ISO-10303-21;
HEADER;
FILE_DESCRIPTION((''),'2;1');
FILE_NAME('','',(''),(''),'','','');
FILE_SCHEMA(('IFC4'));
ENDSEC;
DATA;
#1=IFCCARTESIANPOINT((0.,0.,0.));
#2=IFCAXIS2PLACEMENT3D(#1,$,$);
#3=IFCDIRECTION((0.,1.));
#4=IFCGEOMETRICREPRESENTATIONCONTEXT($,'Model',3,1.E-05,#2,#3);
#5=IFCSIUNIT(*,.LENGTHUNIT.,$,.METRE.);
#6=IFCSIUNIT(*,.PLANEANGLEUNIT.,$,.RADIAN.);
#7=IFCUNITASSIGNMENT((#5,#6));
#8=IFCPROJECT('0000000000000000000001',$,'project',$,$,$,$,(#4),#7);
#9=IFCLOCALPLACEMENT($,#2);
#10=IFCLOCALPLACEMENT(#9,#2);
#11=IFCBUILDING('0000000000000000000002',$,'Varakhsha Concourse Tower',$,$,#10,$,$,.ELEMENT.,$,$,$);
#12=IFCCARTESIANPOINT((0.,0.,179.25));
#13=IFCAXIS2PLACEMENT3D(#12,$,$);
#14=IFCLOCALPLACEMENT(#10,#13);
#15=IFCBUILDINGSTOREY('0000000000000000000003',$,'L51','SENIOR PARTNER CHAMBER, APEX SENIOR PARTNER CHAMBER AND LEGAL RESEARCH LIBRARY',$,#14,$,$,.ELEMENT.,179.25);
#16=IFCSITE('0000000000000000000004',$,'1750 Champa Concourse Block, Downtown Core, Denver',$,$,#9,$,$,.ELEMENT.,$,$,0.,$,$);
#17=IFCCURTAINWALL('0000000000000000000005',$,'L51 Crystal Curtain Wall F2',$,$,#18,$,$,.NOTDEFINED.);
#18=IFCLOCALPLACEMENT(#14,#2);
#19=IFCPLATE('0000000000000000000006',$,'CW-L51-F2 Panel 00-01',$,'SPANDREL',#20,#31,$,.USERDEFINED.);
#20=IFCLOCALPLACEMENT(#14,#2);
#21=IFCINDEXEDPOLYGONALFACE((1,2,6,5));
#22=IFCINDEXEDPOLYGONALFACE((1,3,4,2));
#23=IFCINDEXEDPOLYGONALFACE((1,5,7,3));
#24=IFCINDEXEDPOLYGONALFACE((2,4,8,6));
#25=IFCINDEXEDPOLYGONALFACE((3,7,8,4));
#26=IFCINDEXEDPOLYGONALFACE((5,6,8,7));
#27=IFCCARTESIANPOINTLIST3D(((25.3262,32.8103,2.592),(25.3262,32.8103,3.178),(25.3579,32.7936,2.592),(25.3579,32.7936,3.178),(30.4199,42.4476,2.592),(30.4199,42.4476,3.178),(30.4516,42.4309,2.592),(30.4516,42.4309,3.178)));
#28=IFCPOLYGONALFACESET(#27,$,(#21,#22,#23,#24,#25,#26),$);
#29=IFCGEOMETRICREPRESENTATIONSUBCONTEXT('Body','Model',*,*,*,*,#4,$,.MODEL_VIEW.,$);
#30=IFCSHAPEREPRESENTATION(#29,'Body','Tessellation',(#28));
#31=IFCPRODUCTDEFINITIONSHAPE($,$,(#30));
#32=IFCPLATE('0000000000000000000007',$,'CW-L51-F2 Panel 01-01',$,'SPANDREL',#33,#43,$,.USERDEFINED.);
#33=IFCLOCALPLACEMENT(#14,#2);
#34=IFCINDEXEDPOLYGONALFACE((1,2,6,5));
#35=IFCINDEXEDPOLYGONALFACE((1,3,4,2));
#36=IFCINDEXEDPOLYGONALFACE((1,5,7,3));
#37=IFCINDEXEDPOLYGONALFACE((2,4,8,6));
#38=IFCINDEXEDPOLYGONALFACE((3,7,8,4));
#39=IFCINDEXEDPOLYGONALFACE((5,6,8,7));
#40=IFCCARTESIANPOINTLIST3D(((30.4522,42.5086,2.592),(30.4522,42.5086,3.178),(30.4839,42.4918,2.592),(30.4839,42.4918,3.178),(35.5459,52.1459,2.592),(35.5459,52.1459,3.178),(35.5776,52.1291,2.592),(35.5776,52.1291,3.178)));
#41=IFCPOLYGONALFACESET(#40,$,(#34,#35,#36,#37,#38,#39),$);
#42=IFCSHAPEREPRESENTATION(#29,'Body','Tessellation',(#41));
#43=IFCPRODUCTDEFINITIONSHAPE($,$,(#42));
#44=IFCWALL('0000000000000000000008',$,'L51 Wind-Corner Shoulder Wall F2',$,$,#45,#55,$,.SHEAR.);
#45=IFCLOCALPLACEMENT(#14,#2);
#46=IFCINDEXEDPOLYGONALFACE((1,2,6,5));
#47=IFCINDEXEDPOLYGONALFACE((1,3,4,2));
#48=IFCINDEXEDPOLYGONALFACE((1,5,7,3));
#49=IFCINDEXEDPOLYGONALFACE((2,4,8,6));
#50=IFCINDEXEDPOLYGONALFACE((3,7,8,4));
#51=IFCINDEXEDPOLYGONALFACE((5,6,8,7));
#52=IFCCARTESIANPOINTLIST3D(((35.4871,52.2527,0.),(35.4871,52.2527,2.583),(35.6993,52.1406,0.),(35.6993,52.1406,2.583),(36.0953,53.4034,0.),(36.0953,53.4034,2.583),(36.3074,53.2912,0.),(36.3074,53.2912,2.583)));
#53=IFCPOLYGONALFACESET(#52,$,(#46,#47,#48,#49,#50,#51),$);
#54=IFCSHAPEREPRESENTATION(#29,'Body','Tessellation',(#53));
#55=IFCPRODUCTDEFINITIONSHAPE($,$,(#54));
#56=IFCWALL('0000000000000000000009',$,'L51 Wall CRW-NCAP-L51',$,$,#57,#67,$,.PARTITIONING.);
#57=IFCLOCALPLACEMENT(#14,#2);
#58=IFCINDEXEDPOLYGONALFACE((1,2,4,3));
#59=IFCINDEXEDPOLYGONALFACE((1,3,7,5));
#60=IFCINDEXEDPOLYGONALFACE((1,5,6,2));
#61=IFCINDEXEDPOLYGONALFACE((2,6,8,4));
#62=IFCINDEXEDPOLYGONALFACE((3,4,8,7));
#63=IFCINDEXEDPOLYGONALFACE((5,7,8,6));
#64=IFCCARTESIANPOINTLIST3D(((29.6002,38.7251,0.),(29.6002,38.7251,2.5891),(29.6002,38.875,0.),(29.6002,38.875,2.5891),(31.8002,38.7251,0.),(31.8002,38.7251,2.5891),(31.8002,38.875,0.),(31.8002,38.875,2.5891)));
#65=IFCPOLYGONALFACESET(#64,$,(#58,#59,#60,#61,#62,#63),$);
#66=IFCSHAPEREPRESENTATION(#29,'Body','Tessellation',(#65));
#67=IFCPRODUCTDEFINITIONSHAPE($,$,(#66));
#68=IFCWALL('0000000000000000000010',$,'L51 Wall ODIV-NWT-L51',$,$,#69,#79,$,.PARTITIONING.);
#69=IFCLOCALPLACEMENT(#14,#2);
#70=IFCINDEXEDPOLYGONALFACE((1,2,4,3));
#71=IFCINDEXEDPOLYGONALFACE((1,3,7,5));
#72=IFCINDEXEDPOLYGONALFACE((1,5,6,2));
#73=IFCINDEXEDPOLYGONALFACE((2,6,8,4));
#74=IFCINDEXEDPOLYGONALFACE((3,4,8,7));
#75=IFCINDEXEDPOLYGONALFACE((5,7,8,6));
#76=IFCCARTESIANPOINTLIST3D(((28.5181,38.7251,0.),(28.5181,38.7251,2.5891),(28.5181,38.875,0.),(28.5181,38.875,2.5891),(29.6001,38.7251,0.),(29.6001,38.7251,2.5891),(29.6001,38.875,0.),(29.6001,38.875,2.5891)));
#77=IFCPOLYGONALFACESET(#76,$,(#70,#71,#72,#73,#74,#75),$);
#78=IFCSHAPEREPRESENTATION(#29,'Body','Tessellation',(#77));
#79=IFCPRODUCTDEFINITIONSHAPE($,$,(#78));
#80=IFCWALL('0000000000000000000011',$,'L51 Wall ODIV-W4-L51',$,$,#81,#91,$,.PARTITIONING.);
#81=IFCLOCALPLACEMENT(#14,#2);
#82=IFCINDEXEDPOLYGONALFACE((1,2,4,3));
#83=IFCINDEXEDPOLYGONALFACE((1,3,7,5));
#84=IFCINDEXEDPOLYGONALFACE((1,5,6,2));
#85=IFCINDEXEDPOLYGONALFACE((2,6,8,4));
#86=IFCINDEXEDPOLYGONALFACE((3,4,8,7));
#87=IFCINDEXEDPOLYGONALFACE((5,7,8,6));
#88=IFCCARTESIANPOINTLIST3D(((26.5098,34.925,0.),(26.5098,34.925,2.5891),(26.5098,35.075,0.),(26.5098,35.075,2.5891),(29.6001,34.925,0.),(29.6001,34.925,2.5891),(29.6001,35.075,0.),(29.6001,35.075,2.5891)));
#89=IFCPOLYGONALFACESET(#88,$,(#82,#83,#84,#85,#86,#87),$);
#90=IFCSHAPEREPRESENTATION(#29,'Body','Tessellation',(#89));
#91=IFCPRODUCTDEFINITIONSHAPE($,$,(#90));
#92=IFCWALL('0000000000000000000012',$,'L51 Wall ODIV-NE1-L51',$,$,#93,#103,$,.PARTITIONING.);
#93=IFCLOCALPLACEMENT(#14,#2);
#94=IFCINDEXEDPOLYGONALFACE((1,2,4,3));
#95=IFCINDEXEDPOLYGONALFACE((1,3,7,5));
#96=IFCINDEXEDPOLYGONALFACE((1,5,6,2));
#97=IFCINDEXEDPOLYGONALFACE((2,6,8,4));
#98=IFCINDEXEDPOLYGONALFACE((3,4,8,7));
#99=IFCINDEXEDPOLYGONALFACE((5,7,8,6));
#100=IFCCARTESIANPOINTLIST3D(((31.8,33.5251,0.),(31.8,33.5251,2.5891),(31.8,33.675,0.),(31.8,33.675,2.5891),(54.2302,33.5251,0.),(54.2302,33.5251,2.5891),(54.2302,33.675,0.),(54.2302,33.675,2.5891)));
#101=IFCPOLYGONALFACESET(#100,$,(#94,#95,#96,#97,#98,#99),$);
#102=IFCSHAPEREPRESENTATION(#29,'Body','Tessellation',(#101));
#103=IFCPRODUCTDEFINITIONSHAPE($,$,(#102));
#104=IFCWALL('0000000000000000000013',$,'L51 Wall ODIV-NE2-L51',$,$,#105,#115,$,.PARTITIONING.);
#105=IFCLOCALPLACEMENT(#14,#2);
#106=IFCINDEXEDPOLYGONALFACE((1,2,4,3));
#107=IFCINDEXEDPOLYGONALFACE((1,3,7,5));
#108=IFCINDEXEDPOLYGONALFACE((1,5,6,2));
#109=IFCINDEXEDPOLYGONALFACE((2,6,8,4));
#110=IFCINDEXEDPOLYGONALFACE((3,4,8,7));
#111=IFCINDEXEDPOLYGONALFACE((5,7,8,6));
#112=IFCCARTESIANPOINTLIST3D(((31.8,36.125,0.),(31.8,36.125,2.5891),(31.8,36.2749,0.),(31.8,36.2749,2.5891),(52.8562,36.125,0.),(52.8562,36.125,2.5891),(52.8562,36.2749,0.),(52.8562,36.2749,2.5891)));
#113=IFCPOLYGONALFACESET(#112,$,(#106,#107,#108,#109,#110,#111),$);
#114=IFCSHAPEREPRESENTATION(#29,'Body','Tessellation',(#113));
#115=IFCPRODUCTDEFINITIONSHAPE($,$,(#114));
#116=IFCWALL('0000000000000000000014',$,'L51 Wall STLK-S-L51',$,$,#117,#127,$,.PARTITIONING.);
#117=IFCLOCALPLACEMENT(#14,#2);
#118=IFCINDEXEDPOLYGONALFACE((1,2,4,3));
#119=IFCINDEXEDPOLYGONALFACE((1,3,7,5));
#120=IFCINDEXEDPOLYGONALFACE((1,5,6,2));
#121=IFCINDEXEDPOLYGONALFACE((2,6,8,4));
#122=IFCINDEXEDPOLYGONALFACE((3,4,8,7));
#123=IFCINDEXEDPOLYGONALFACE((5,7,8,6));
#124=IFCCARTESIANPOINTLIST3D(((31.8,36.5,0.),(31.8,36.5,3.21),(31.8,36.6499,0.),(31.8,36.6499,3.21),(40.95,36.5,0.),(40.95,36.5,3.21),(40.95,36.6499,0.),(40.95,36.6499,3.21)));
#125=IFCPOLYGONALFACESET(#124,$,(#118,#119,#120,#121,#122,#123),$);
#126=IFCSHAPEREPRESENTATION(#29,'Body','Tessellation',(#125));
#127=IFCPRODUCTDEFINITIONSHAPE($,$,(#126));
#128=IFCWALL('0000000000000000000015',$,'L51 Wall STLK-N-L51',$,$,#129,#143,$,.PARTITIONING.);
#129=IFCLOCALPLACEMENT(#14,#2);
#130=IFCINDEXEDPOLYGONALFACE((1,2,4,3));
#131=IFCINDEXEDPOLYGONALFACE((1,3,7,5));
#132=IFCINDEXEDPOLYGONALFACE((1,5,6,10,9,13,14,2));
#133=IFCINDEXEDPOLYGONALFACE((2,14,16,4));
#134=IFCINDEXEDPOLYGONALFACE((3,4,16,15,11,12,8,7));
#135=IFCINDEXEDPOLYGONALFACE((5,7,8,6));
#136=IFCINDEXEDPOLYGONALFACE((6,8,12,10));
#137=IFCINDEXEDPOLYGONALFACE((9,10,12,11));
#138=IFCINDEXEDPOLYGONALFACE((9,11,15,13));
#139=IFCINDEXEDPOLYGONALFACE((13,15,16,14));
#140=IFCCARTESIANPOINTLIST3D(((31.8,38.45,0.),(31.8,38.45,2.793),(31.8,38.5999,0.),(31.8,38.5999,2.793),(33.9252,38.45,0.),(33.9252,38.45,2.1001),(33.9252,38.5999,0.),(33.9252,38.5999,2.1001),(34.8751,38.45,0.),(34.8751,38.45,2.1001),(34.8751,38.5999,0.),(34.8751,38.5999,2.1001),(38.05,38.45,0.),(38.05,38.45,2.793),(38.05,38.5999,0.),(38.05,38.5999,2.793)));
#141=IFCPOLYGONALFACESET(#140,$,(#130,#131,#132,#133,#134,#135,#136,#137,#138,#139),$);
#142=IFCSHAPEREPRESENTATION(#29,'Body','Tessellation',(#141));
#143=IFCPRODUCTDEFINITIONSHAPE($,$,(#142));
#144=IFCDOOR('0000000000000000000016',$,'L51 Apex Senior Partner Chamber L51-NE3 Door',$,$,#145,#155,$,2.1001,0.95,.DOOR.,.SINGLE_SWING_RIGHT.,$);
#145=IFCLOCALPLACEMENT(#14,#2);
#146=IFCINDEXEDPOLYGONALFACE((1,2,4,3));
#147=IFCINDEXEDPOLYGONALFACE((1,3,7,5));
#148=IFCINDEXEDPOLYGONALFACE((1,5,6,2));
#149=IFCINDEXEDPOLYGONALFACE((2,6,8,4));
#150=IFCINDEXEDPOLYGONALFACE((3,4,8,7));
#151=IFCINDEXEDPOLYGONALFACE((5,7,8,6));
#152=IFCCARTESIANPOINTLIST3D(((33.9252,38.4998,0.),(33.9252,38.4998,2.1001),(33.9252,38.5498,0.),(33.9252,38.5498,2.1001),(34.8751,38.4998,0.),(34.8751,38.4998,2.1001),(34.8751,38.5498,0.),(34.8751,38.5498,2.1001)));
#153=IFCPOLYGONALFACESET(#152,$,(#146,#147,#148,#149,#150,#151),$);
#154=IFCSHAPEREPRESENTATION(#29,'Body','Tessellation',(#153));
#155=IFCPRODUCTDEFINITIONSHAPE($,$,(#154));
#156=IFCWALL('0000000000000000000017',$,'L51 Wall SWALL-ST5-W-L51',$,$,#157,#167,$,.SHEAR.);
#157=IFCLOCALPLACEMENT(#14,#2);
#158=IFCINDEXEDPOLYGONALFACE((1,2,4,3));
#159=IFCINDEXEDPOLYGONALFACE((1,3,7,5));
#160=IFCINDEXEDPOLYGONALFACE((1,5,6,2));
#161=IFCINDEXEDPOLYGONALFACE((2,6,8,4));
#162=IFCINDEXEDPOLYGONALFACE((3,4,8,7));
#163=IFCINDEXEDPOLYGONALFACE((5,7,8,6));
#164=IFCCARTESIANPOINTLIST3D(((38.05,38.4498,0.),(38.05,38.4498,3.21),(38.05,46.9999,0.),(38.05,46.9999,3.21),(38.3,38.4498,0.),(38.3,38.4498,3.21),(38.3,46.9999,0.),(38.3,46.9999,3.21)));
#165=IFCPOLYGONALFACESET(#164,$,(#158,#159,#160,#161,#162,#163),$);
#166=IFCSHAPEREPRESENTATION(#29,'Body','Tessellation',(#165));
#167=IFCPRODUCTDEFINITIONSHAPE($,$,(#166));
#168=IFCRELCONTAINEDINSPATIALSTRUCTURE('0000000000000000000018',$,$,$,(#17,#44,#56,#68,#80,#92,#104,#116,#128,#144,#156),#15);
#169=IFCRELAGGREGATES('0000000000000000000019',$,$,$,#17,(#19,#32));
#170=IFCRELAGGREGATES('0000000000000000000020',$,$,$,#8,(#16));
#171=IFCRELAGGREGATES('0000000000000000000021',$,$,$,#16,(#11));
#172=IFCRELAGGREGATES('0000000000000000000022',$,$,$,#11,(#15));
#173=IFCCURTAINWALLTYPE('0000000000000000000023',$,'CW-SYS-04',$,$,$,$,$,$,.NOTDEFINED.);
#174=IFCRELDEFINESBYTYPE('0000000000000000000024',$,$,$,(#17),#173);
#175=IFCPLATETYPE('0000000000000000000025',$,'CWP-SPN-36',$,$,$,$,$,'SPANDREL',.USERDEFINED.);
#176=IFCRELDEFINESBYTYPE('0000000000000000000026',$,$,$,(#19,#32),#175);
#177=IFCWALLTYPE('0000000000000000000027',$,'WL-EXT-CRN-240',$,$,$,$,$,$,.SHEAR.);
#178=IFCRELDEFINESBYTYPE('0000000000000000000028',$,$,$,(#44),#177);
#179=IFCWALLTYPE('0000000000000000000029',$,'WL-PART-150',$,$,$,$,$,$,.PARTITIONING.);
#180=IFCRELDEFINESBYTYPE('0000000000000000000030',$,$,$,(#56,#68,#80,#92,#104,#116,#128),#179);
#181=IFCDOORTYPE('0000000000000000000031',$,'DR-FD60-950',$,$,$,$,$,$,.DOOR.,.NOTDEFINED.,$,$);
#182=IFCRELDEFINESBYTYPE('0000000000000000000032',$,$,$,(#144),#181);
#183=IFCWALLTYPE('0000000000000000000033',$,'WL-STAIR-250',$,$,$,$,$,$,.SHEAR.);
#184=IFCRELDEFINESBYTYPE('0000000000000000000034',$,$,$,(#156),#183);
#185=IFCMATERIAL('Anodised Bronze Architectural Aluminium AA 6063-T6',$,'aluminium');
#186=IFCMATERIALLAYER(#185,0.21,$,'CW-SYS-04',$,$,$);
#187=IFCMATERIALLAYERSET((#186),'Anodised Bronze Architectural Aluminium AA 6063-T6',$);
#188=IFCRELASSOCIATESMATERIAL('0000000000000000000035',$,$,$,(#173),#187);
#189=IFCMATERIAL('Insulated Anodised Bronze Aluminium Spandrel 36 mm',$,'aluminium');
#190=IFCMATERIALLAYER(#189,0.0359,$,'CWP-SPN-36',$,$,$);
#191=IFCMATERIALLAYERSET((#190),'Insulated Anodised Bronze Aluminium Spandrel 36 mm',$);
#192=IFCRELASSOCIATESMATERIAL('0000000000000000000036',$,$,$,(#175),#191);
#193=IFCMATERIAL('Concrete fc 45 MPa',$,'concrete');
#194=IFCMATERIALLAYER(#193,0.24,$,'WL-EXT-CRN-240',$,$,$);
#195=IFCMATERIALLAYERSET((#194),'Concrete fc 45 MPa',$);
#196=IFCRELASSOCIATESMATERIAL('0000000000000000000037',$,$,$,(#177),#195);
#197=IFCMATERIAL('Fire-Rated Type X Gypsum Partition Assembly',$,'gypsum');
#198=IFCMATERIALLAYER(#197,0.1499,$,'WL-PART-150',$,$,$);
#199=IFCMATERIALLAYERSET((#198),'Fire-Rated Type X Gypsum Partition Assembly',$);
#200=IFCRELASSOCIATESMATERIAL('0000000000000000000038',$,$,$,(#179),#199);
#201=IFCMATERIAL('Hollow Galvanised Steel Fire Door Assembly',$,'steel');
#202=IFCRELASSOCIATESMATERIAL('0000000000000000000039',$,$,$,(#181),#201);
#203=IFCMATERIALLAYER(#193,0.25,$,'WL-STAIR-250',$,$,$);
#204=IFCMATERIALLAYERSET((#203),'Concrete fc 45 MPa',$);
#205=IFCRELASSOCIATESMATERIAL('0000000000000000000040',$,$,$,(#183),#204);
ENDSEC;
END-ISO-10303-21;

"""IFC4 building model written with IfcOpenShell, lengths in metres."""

from ifc_helpers import new_model, si_unit, direction, frame, frame_2d, origin, origin_2d, place, context, subcontext, project, spatial, rectangle, extrude, source, transform, mapped, material, layer, layer_set, type_object, type_shapes, element, fill, aggregate, save


model = new_model("IFC4")

# Units and contexts
model_context = context("Model", 3, precision=1e-05, world=origin(), true_north=direction((0.0, 1.0)))
body_context = subcontext(model_context, "Body", "Model", "MODEL_VIEW")
ifc_project = project(units=[si_unit("LENGTHUNIT", "METRE"), si_unit("PLANEANGLEUNIT", "RADIAN")], contexts=[model_context])

# Site, building, storey
site_placement = place(None, origin())
site = spatial("IfcSite", under=ifc_project, at=site_placement, Name="1750 Champa Concourse Block, Downtown Core, Denver", CompositionType="ELEMENT", RefElevation=0.0)
building_placement = place(site_placement, origin())
building = spatial("IfcBuilding", under=site, at=building_placement, Name="Varakhsha Concourse Tower", CompositionType="ELEMENT")
storey_placement = place(building_placement, frame((0.0, 0.0, 179.25)))
storey = spatial("IfcBuildingStorey", under=building, at=storey_placement, Name="L51", Description="SENIOR PARTNER CHAMBER, APEX SENIOR PARTNER CHAMBER AND LEGAL RESEARCH LIBRARY", CompositionType="ELEMENT", Elevation=179.25)

# Shared definitions
ifc_material_1 = material(Name="Anodised Bronze Architectural Aluminium AA 6063-T6", Category="aluminium")
ifc_layer_1 = layer(ifc_material_1, 0.21, Name="CW-SYS-04")
ifc_layer_set_1 = layer_set([ifc_layer_1], Name="Anodised Bronze Architectural Aluminium AA 6063-T6")
curtain_wall_type = type_object("IfcCurtainWallType", Name="CW-SYS-04", PredefinedType="NOTDEFINED", material=ifc_layer_set_1)

# Curtain wall
curtain_wall_1_placement = place(storey_placement, origin())
curtain_wall_1 = element("IfcCurtainWall", 1, at=curtain_wall_1_placement, inside=storey, type_object=curtain_wall_type, Name="L51 Crystal Curtain Wall F2", PredefinedType="NOTDEFINED")

# Plates
ifc_material_2 = material(Name="Insulated Anodised Bronze Aluminium Spandrel 36 mm", Category="aluminium")
ifc_layer_2 = layer(ifc_material_2, 0.0359, Name="CWP-SPN-36")
ifc_layer_set_2 = layer_set([ifc_layer_2], Name="Insulated Anodised Bronze Aluminium Spandrel 36 mm")
plate_type_1 = type_object("IfcPlateType", Name="CWP-SPN-36", ElementType="SPANDREL", PredefinedType="USERDEFINED", material=ifc_layer_set_2)
shared_shape_1 = source(origin(), body_context, "Body", "SweptSolid", [
    extrude(rectangle(XDim=10.9006, YDim=0.0359, at=origin_2d()), origin(), (0.0, 0.0, 1.0), 0.5859),
])
type_shapes(plate_type_1, [shared_shape_1])
plate_1_placement = place(storey_placement, frame((27.8889, 37.6206, 2.592), z_axis=(0.0, 0.0, 1.0), x_axis=(0.467286, 0.884106, 0.0)))
plate_1 = element("IfcPlate", 2, at=plate_1_placement, type_object=plate_type_1, Name="CW-L51-F2 Panel 00-01", ObjectType="SPANDREL", PredefinedType="USERDEFINED", context=body_context, shape_type="MappedRepresentation", body=[
    mapped(shared_shape_1, transform((0.0, 0.0, 0.0), scale=1.0)),
])
plate_2_placement = place(storey_placement, frame((33.0149, 47.3188, 2.592), z_axis=(0.0, 0.0, 1.0), x_axis=(0.467286, 0.884106, 0.0)))
plate_2 = element("IfcPlate", 3, at=plate_2_placement, type_object=plate_type_1, Name="CW-L51-F2 Panel 01-01", ObjectType="SPANDREL", PredefinedType="USERDEFINED", context=body_context, shape_type="MappedRepresentation", body=[
    mapped(shared_shape_1, transform((0.0, 0.0, 0.0), scale=1.0)),
])
aggregate(curtain_wall_1, [plate_1, plate_2])

# Walls
ifc_material_3 = material(Name="Concrete fc 45 MPa", Category="concrete")
ifc_layer_3 = layer(ifc_material_3, 0.24, Name="WL-EXT-CRN-240")
ifc_layer_set_3 = layer_set([ifc_layer_3], Name="Concrete fc 45 MPa")
wall_type_1 = type_object("IfcWallType", Name="WL-EXT-CRN-240", PredefinedType="SHEAR", material=ifc_layer_set_3)
wall_1_placement = place(storey_placement, frame((36.2014, 53.3474, 0.0), z_axis=(0.0, 0.0, 1.0), x_axis=(-0.467284, -0.884107, 0.0)))
element("IfcWall", 4, at=wall_1_placement, inside=storey, type_object=wall_type_1, Name="L51 Wind-Corner Shoulder Wall F2", PredefinedType="SHEAR", context=body_context, shape_type="SweptSolid", body=[
    extrude(rectangle(XDim=1.3015, YDim=0.24, at=frame_2d((0.6509, 0.0))), origin(), (0.0, 0.0, 1.0), 2.583),
])
ifc_material_4 = material(Name="Fire-Rated Type X Gypsum Partition Assembly", Category="gypsum")
ifc_layer_4 = layer(ifc_material_4, 0.1499, Name="WL-PART-150")
ifc_layer_set_4 = layer_set([ifc_layer_4], Name="Fire-Rated Type X Gypsum Partition Assembly")
wall_type_2 = type_object("IfcWallType", Name="WL-PART-150", PredefinedType="PARTITIONING", material=ifc_layer_set_4)
wall_2_placement = place(storey_placement, frame((29.6001, 38.8, 0.0), z_axis=(0.0, 0.0, 1.0), x_axis=(1.0, 0.0, 0.0)))
element("IfcWall", 5, at=wall_2_placement, inside=storey, type_object=wall_type_2, Name="L51 Wall CRW-NCAP-L51", PredefinedType="PARTITIONING", context=body_context, shape_type="SweptSolid", body=[
    extrude(rectangle(XDim=2.2, YDim=0.1499, at=frame_2d((1.1001, 0.0))), origin(), (0.0, 0.0, 1.0), 2.5891),
])
wall_3_placement = place(storey_placement, frame((28.5181, 38.8, 0.0), z_axis=(0.0, 0.0, 1.0), x_axis=(1.0, 0.0, 0.0)))
element("IfcWall", 6, at=wall_3_placement, inside=storey, type_object=wall_type_2, Name="L51 Wall ODIV-NWT-L51", PredefinedType="PARTITIONING", context=body_context, shape_type="SweptSolid", body=[
    extrude(rectangle(XDim=1.082, YDim=0.1499, at=frame_2d((0.541, 0.0))), origin(), (0.0, 0.0, 1.0), 2.5891),
])
wall_4_placement = place(storey_placement, frame((26.5098, 35.0, 0.0), z_axis=(0.0, 0.0, 1.0), x_axis=(1.0, 0.0, 0.0)))
element("IfcWall", 7, at=wall_4_placement, inside=storey, type_object=wall_type_2, Name="L51 Wall ODIV-W4-L51", PredefinedType="PARTITIONING", context=body_context, shape_type="SweptSolid", body=[
    extrude(rectangle(XDim=3.0903, YDim=0.1499, at=frame_2d((1.5452, 0.0))), origin(), (0.0, 0.0, 1.0), 2.5891),
])
wall_5_placement = place(storey_placement, frame((31.8, 33.6001, 0.0), z_axis=(0.0, 0.0, 1.0), x_axis=(1.0, 0.0, 0.0)))
element("IfcWall", 8, at=wall_5_placement, inside=storey, type_object=wall_type_2, Name="L51 Wall ODIV-NE1-L51", PredefinedType="PARTITIONING", context=body_context, shape_type="SweptSolid", body=[
    extrude(rectangle(XDim=22.4302, YDim=0.1499, at=frame_2d((11.2151, 0.0))), origin(), (0.0, 0.0, 1.0), 2.5891),
])
wall_6_placement = place(storey_placement, frame((31.8, 36.2, 0.0), z_axis=(0.0, 0.0, 1.0), x_axis=(1.0, 0.0, 0.0)))
element("IfcWall", 9, at=wall_6_placement, inside=storey, type_object=wall_type_2, Name="L51 Wall ODIV-NE2-L51", PredefinedType="PARTITIONING", context=body_context, shape_type="SweptSolid", body=[
    extrude(rectangle(XDim=21.0562, YDim=0.1499, at=frame_2d((10.5281, 0.0))), origin(), (0.0, 0.0, 1.0), 2.5891),
])
wall_7_placement = place(storey_placement, frame((31.8, 36.575, 0.0), z_axis=(0.0, 0.0, 1.0), x_axis=(1.0, 0.0, 0.0)))
element("IfcWall", 10, at=wall_7_placement, inside=storey, type_object=wall_type_2, Name="L51 Wall STLK-S-L51", PredefinedType="PARTITIONING", context=body_context, shape_type="SweptSolid", body=[
    extrude(rectangle(XDim=9.1499, YDim=0.1499, at=frame_2d((4.575, 0.0))), origin(), (0.0, 0.0, 1.0), 3.21),
])

# Wall, opening, door
wall_8_placement = place(storey_placement, frame((31.8, 38.5249, 0.0), z_axis=(0.0, 0.0, 1.0), x_axis=(1.0, 0.0, 0.0)))
wall_8 = element("IfcWall", 11, at=wall_8_placement, inside=storey, type_object=wall_type_2, Name="L51 Wall STLK-N-L51", PredefinedType="PARTITIONING", context=body_context, shape_type="SweptSolid", body=[
    extrude(rectangle(XDim=6.25, YDim=0.1499, at=frame_2d((3.125, 0.0))), origin(), (0.0, 0.0, 1.0), 2.793),
])
opening_1_placement = place(wall_8_placement, frame((2.125, 0.0, 0.0)))
opening_1 = element("IfcOpeningElement", 12, at=opening_1_placement, cuts=wall_8, PredefinedType="OPENING", context=body_context, shape_type="SweptSolid", body=[
    extrude(rectangle(XDim=0.95, YDim=2.1001, at=frame_2d((0.4751, 1.05))), frame((0.0, 0.085, 0.0), z_axis=(0.0, -1.0, 0.0), x_axis=(1.0, 0.0, 0.0)), (0.0, 0.0, 1.0), 0.1699),
])
ifc_material_5 = material(Name="Hollow Galvanised Steel Fire Door Assembly", Category="steel")
door_type_1 = type_object("IfcDoorType", Name="DR-FD60-950", OperationType="NOTDEFINED", PredefinedType="DOOR", material=ifc_material_5)
door_1_placement = place(opening_1_placement, origin())
door_1 = element("IfcDoor", 13, at=door_1_placement, inside=storey, type_object=door_type_1, Name="L51 Apex Senior Partner Chamber L51-NE3 Door", OperationType="SINGLE_SWING_RIGHT", OverallHeight=2.1001, OverallWidth=0.95, PredefinedType="DOOR", context=body_context, shape_type="SweptSolid", body=[
    extrude(rectangle(XDim=0.95, YDim=2.1001, at=frame_2d((0.4751, 1.05))), frame((0.0, 0.0249, 0.0), z_axis=(0.0, -1.0, 0.0), x_axis=(1.0, 0.0, 0.0)), (0.0, 0.0, 1.0), 0.05),
])
fill(opening_1, door_1)

# Wall
ifc_layer_5 = layer(ifc_material_3, 0.25, Name="WL-STAIR-250")
ifc_layer_set_5 = layer_set([ifc_layer_5], Name="Concrete fc 45 MPa")
wall_type_3 = type_object("IfcWallType", Name="WL-STAIR-250", PredefinedType="SHEAR", material=ifc_layer_set_5)
wall_9_placement = place(storey_placement, frame((38.175, 38.45, 0.0), z_axis=(0.0, 0.0, 1.0), x_axis=(0.0, 1.0, 0.0)))
element("IfcWall", 14, at=wall_9_placement, inside=storey, type_object=wall_type_3, Name="L51 Wall SWALL-ST5-W-L51", PredefinedType="SHEAR", context=body_context, shape_type="SweptSolid", body=[
    extrude(rectangle(XDim=8.55, YDim=0.25, at=frame_2d((4.2749, 0.0))), origin(), (0.0, 0.0, 1.0), 3.21),
])

save(model, "model.ifc")
